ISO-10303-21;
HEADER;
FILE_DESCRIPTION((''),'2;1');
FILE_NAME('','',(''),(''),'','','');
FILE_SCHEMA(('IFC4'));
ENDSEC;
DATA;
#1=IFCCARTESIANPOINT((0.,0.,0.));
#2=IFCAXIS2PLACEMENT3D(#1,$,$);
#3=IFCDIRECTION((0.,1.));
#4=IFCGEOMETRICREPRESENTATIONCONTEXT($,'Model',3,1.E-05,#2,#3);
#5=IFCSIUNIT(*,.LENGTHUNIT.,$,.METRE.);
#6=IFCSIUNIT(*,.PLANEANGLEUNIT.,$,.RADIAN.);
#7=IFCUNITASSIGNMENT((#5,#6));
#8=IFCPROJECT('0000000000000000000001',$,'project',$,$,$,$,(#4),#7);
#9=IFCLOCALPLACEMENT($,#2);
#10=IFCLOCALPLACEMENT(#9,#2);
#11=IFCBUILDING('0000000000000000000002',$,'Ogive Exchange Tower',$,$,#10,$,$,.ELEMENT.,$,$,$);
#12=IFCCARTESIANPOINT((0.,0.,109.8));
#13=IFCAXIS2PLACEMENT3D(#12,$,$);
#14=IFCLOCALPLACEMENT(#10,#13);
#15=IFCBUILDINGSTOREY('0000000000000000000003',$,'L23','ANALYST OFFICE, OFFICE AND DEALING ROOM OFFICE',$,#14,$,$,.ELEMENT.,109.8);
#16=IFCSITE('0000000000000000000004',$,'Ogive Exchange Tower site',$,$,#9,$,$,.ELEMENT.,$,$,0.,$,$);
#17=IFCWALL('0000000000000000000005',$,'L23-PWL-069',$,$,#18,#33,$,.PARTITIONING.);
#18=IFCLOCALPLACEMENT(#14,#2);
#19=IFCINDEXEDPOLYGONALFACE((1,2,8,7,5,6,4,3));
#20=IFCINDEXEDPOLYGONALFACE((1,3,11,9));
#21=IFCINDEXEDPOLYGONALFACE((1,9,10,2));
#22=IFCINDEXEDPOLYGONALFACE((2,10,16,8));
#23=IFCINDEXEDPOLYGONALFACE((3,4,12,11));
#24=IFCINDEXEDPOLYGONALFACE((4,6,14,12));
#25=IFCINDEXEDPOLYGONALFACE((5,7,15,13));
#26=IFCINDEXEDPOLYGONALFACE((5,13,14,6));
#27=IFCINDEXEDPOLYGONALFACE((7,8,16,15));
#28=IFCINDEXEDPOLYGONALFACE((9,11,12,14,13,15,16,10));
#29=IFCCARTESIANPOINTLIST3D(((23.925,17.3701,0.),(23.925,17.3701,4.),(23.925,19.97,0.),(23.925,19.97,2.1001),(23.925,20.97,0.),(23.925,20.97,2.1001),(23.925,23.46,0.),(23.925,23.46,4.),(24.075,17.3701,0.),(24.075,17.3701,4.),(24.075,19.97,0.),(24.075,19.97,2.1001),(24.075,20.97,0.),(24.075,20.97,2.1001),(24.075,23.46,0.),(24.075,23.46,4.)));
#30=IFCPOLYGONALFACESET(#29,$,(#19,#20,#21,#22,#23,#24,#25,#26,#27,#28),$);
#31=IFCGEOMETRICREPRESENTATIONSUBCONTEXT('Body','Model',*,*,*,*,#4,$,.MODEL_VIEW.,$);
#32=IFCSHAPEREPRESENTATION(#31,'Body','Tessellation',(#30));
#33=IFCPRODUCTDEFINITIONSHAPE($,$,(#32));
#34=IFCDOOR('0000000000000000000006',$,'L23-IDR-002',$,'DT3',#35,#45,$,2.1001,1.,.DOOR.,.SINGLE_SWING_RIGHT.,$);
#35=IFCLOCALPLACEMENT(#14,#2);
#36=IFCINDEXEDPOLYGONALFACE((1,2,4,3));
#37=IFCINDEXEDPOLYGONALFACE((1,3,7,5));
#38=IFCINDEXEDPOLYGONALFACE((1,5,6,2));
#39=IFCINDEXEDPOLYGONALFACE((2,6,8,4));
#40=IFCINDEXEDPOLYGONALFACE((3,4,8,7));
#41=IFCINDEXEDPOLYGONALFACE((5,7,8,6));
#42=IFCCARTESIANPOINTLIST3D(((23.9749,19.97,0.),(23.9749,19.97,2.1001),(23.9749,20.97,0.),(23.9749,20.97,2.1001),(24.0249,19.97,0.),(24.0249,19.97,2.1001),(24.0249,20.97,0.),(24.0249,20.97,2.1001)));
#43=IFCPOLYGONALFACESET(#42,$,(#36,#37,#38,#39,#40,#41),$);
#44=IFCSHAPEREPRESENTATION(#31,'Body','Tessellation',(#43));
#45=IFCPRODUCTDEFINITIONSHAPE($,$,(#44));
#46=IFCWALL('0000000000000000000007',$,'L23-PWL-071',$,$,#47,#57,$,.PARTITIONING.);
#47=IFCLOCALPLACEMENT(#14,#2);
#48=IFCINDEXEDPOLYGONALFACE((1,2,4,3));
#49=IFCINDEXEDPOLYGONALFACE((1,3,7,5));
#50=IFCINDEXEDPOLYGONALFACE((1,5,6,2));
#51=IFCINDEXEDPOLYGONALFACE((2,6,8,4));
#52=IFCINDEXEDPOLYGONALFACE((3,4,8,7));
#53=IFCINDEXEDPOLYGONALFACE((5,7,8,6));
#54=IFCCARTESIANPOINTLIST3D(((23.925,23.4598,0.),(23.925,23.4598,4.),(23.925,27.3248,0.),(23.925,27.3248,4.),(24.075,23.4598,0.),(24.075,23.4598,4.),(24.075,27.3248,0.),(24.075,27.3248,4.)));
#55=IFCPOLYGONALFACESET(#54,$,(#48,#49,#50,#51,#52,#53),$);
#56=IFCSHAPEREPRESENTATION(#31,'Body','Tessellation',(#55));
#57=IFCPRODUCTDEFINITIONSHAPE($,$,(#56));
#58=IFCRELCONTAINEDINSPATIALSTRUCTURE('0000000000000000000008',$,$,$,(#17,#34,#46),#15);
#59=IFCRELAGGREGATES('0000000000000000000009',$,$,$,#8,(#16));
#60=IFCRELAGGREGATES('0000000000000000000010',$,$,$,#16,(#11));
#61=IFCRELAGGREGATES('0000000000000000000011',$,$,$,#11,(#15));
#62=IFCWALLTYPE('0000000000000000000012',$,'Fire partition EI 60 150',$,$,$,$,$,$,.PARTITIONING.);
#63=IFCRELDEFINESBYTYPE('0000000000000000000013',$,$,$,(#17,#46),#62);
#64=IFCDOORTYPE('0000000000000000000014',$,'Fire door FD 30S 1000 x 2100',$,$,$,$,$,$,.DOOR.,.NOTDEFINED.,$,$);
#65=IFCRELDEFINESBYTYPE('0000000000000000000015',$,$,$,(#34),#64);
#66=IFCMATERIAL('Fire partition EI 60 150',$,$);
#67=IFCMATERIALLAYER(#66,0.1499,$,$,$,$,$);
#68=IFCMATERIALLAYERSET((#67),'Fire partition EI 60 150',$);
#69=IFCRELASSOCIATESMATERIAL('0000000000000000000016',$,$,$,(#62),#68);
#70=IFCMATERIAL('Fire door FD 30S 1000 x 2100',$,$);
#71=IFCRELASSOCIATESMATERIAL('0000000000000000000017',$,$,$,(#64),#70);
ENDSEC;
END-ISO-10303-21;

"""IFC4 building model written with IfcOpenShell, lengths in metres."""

from ifc_helpers import new_model, si_unit, direction, frame, frame_2d, origin, place, context, subcontext, project, spatial, rectangle, extrude, material, layer, layer_set, type_object, element, fill, save


model = new_model("IFC4")

# Units and contexts
model_context = context("Model", 3, precision=1e-05, world=origin(), true_north=direction((0.0, 1.0)))
body_context = subcontext(model_context, "Body", "Model", "MODEL_VIEW")
ifc_project = project(units=[si_unit("LENGTHUNIT", "METRE"), si_unit("PLANEANGLEUNIT", "RADIAN")], contexts=[model_context])

# Site, building, storey
site_placement = place(None, origin())
site = spatial("IfcSite", under=ifc_project, at=site_placement, Name="Ogive Exchange Tower site", CompositionType="ELEMENT", RefElevation=0.0)
building_placement = place(site_placement, origin())
building = spatial("IfcBuilding", under=site, at=building_placement, Name="Ogive Exchange Tower", CompositionType="ELEMENT")
storey_placement = place(building_placement, frame((0.0, 0.0, 109.8)))
storey = spatial("IfcBuildingStorey", under=building, at=storey_placement, Name="L23", Description="ANALYST OFFICE, OFFICE AND DEALING ROOM OFFICE", CompositionType="ELEMENT", Elevation=109.8)

# Wall, opening, door
ifc_material_1 = material(Name="Fire partition EI 60 150")
ifc_layer_1 = layer(ifc_material_1, 0.1499)
ifc_layer_set_1 = layer_set([ifc_layer_1], Name="Fire partition EI 60 150")
wall_type_1 = type_object("IfcWallType", Name="Fire partition EI 60 150", PredefinedType="PARTITIONING", material=ifc_layer_set_1)
wall_1_placement = place(storey_placement, frame((24.0, 23.46, 0.0), z_axis=(0.0, 0.0, 1.0), x_axis=(0.0, -1.0, 0.0)))
wall_1 = element("IfcWall", 1, at=wall_1_placement, inside=storey, type_object=wall_type_1, Name="L23-PWL-069", PredefinedType="PARTITIONING", context=body_context, shape_type="SweptSolid", body=[
    extrude(rectangle(XDim=6.0898, YDim=0.1499, at=frame_2d((3.0449, 0.0))), origin(), (0.0, 0.0, 1.0), 4.0),
])
opening_1_placement = place(wall_1_placement, frame((2.49, 0.0, 0.0)))
opening_1 = element("IfcOpeningElement", 2, at=opening_1_placement, cuts=wall_1, PredefinedType="OPENING", context=body_context, shape_type="SweptSolid", body=[
    extrude(rectangle(XDim=1.0, YDim=2.1001, at=frame_2d((0.5, 1.05))), frame((0.0, 0.085, 0.0), z_axis=(0.0, -1.0, 0.0), x_axis=(1.0, 0.0, 0.0)), (0.0, 0.0, 1.0), 0.1699),
])
ifc_material_2 = material(Name="Fire door FD 30S 1000 x 2100")
door_type_1 = type_object("IfcDoorType", Name="Fire door FD 30S 1000 x 2100", OperationType="NOTDEFINED", PredefinedType="DOOR", material=ifc_material_2)
door_1_placement = place(opening_1_placement, origin())
door_1 = element("IfcDoor", 3, at=door_1_placement, inside=storey, type_object=door_type_1, Name="L23-IDR-002", ObjectType="DT3", OperationType="SINGLE_SWING_RIGHT", OverallHeight=2.1001, OverallWidth=1.0, PredefinedType="DOOR", context=body_context, shape_type="SweptSolid", body=[
    extrude(rectangle(XDim=1.0, YDim=2.1001, at=frame_2d((0.5, 1.05))), frame((0.0, 0.0249, 0.0), z_axis=(0.0, -1.0, 0.0), x_axis=(1.0, 0.0, 0.0)), (0.0, 0.0, 1.0), 0.05),
])
fill(opening_1, door_1)

# Wall
wall_2_placement = place(storey_placement, frame((24.0, 27.325, 0.0), z_axis=(0.0, 0.0, 1.0), x_axis=(0.0, -1.0, 0.0)))
element("IfcWall", 4, at=wall_2_placement, inside=storey, type_object=wall_type_1, Name="L23-PWL-071", PredefinedType="PARTITIONING", context=body_context, shape_type="SweptSolid", body=[
    extrude(rectangle(XDim=3.865, YDim=0.1499, at=frame_2d((1.9326, 0.0))), origin(), (0.0, 0.0, 1.0), 4.0),
])

save(model, "model.ifc")
